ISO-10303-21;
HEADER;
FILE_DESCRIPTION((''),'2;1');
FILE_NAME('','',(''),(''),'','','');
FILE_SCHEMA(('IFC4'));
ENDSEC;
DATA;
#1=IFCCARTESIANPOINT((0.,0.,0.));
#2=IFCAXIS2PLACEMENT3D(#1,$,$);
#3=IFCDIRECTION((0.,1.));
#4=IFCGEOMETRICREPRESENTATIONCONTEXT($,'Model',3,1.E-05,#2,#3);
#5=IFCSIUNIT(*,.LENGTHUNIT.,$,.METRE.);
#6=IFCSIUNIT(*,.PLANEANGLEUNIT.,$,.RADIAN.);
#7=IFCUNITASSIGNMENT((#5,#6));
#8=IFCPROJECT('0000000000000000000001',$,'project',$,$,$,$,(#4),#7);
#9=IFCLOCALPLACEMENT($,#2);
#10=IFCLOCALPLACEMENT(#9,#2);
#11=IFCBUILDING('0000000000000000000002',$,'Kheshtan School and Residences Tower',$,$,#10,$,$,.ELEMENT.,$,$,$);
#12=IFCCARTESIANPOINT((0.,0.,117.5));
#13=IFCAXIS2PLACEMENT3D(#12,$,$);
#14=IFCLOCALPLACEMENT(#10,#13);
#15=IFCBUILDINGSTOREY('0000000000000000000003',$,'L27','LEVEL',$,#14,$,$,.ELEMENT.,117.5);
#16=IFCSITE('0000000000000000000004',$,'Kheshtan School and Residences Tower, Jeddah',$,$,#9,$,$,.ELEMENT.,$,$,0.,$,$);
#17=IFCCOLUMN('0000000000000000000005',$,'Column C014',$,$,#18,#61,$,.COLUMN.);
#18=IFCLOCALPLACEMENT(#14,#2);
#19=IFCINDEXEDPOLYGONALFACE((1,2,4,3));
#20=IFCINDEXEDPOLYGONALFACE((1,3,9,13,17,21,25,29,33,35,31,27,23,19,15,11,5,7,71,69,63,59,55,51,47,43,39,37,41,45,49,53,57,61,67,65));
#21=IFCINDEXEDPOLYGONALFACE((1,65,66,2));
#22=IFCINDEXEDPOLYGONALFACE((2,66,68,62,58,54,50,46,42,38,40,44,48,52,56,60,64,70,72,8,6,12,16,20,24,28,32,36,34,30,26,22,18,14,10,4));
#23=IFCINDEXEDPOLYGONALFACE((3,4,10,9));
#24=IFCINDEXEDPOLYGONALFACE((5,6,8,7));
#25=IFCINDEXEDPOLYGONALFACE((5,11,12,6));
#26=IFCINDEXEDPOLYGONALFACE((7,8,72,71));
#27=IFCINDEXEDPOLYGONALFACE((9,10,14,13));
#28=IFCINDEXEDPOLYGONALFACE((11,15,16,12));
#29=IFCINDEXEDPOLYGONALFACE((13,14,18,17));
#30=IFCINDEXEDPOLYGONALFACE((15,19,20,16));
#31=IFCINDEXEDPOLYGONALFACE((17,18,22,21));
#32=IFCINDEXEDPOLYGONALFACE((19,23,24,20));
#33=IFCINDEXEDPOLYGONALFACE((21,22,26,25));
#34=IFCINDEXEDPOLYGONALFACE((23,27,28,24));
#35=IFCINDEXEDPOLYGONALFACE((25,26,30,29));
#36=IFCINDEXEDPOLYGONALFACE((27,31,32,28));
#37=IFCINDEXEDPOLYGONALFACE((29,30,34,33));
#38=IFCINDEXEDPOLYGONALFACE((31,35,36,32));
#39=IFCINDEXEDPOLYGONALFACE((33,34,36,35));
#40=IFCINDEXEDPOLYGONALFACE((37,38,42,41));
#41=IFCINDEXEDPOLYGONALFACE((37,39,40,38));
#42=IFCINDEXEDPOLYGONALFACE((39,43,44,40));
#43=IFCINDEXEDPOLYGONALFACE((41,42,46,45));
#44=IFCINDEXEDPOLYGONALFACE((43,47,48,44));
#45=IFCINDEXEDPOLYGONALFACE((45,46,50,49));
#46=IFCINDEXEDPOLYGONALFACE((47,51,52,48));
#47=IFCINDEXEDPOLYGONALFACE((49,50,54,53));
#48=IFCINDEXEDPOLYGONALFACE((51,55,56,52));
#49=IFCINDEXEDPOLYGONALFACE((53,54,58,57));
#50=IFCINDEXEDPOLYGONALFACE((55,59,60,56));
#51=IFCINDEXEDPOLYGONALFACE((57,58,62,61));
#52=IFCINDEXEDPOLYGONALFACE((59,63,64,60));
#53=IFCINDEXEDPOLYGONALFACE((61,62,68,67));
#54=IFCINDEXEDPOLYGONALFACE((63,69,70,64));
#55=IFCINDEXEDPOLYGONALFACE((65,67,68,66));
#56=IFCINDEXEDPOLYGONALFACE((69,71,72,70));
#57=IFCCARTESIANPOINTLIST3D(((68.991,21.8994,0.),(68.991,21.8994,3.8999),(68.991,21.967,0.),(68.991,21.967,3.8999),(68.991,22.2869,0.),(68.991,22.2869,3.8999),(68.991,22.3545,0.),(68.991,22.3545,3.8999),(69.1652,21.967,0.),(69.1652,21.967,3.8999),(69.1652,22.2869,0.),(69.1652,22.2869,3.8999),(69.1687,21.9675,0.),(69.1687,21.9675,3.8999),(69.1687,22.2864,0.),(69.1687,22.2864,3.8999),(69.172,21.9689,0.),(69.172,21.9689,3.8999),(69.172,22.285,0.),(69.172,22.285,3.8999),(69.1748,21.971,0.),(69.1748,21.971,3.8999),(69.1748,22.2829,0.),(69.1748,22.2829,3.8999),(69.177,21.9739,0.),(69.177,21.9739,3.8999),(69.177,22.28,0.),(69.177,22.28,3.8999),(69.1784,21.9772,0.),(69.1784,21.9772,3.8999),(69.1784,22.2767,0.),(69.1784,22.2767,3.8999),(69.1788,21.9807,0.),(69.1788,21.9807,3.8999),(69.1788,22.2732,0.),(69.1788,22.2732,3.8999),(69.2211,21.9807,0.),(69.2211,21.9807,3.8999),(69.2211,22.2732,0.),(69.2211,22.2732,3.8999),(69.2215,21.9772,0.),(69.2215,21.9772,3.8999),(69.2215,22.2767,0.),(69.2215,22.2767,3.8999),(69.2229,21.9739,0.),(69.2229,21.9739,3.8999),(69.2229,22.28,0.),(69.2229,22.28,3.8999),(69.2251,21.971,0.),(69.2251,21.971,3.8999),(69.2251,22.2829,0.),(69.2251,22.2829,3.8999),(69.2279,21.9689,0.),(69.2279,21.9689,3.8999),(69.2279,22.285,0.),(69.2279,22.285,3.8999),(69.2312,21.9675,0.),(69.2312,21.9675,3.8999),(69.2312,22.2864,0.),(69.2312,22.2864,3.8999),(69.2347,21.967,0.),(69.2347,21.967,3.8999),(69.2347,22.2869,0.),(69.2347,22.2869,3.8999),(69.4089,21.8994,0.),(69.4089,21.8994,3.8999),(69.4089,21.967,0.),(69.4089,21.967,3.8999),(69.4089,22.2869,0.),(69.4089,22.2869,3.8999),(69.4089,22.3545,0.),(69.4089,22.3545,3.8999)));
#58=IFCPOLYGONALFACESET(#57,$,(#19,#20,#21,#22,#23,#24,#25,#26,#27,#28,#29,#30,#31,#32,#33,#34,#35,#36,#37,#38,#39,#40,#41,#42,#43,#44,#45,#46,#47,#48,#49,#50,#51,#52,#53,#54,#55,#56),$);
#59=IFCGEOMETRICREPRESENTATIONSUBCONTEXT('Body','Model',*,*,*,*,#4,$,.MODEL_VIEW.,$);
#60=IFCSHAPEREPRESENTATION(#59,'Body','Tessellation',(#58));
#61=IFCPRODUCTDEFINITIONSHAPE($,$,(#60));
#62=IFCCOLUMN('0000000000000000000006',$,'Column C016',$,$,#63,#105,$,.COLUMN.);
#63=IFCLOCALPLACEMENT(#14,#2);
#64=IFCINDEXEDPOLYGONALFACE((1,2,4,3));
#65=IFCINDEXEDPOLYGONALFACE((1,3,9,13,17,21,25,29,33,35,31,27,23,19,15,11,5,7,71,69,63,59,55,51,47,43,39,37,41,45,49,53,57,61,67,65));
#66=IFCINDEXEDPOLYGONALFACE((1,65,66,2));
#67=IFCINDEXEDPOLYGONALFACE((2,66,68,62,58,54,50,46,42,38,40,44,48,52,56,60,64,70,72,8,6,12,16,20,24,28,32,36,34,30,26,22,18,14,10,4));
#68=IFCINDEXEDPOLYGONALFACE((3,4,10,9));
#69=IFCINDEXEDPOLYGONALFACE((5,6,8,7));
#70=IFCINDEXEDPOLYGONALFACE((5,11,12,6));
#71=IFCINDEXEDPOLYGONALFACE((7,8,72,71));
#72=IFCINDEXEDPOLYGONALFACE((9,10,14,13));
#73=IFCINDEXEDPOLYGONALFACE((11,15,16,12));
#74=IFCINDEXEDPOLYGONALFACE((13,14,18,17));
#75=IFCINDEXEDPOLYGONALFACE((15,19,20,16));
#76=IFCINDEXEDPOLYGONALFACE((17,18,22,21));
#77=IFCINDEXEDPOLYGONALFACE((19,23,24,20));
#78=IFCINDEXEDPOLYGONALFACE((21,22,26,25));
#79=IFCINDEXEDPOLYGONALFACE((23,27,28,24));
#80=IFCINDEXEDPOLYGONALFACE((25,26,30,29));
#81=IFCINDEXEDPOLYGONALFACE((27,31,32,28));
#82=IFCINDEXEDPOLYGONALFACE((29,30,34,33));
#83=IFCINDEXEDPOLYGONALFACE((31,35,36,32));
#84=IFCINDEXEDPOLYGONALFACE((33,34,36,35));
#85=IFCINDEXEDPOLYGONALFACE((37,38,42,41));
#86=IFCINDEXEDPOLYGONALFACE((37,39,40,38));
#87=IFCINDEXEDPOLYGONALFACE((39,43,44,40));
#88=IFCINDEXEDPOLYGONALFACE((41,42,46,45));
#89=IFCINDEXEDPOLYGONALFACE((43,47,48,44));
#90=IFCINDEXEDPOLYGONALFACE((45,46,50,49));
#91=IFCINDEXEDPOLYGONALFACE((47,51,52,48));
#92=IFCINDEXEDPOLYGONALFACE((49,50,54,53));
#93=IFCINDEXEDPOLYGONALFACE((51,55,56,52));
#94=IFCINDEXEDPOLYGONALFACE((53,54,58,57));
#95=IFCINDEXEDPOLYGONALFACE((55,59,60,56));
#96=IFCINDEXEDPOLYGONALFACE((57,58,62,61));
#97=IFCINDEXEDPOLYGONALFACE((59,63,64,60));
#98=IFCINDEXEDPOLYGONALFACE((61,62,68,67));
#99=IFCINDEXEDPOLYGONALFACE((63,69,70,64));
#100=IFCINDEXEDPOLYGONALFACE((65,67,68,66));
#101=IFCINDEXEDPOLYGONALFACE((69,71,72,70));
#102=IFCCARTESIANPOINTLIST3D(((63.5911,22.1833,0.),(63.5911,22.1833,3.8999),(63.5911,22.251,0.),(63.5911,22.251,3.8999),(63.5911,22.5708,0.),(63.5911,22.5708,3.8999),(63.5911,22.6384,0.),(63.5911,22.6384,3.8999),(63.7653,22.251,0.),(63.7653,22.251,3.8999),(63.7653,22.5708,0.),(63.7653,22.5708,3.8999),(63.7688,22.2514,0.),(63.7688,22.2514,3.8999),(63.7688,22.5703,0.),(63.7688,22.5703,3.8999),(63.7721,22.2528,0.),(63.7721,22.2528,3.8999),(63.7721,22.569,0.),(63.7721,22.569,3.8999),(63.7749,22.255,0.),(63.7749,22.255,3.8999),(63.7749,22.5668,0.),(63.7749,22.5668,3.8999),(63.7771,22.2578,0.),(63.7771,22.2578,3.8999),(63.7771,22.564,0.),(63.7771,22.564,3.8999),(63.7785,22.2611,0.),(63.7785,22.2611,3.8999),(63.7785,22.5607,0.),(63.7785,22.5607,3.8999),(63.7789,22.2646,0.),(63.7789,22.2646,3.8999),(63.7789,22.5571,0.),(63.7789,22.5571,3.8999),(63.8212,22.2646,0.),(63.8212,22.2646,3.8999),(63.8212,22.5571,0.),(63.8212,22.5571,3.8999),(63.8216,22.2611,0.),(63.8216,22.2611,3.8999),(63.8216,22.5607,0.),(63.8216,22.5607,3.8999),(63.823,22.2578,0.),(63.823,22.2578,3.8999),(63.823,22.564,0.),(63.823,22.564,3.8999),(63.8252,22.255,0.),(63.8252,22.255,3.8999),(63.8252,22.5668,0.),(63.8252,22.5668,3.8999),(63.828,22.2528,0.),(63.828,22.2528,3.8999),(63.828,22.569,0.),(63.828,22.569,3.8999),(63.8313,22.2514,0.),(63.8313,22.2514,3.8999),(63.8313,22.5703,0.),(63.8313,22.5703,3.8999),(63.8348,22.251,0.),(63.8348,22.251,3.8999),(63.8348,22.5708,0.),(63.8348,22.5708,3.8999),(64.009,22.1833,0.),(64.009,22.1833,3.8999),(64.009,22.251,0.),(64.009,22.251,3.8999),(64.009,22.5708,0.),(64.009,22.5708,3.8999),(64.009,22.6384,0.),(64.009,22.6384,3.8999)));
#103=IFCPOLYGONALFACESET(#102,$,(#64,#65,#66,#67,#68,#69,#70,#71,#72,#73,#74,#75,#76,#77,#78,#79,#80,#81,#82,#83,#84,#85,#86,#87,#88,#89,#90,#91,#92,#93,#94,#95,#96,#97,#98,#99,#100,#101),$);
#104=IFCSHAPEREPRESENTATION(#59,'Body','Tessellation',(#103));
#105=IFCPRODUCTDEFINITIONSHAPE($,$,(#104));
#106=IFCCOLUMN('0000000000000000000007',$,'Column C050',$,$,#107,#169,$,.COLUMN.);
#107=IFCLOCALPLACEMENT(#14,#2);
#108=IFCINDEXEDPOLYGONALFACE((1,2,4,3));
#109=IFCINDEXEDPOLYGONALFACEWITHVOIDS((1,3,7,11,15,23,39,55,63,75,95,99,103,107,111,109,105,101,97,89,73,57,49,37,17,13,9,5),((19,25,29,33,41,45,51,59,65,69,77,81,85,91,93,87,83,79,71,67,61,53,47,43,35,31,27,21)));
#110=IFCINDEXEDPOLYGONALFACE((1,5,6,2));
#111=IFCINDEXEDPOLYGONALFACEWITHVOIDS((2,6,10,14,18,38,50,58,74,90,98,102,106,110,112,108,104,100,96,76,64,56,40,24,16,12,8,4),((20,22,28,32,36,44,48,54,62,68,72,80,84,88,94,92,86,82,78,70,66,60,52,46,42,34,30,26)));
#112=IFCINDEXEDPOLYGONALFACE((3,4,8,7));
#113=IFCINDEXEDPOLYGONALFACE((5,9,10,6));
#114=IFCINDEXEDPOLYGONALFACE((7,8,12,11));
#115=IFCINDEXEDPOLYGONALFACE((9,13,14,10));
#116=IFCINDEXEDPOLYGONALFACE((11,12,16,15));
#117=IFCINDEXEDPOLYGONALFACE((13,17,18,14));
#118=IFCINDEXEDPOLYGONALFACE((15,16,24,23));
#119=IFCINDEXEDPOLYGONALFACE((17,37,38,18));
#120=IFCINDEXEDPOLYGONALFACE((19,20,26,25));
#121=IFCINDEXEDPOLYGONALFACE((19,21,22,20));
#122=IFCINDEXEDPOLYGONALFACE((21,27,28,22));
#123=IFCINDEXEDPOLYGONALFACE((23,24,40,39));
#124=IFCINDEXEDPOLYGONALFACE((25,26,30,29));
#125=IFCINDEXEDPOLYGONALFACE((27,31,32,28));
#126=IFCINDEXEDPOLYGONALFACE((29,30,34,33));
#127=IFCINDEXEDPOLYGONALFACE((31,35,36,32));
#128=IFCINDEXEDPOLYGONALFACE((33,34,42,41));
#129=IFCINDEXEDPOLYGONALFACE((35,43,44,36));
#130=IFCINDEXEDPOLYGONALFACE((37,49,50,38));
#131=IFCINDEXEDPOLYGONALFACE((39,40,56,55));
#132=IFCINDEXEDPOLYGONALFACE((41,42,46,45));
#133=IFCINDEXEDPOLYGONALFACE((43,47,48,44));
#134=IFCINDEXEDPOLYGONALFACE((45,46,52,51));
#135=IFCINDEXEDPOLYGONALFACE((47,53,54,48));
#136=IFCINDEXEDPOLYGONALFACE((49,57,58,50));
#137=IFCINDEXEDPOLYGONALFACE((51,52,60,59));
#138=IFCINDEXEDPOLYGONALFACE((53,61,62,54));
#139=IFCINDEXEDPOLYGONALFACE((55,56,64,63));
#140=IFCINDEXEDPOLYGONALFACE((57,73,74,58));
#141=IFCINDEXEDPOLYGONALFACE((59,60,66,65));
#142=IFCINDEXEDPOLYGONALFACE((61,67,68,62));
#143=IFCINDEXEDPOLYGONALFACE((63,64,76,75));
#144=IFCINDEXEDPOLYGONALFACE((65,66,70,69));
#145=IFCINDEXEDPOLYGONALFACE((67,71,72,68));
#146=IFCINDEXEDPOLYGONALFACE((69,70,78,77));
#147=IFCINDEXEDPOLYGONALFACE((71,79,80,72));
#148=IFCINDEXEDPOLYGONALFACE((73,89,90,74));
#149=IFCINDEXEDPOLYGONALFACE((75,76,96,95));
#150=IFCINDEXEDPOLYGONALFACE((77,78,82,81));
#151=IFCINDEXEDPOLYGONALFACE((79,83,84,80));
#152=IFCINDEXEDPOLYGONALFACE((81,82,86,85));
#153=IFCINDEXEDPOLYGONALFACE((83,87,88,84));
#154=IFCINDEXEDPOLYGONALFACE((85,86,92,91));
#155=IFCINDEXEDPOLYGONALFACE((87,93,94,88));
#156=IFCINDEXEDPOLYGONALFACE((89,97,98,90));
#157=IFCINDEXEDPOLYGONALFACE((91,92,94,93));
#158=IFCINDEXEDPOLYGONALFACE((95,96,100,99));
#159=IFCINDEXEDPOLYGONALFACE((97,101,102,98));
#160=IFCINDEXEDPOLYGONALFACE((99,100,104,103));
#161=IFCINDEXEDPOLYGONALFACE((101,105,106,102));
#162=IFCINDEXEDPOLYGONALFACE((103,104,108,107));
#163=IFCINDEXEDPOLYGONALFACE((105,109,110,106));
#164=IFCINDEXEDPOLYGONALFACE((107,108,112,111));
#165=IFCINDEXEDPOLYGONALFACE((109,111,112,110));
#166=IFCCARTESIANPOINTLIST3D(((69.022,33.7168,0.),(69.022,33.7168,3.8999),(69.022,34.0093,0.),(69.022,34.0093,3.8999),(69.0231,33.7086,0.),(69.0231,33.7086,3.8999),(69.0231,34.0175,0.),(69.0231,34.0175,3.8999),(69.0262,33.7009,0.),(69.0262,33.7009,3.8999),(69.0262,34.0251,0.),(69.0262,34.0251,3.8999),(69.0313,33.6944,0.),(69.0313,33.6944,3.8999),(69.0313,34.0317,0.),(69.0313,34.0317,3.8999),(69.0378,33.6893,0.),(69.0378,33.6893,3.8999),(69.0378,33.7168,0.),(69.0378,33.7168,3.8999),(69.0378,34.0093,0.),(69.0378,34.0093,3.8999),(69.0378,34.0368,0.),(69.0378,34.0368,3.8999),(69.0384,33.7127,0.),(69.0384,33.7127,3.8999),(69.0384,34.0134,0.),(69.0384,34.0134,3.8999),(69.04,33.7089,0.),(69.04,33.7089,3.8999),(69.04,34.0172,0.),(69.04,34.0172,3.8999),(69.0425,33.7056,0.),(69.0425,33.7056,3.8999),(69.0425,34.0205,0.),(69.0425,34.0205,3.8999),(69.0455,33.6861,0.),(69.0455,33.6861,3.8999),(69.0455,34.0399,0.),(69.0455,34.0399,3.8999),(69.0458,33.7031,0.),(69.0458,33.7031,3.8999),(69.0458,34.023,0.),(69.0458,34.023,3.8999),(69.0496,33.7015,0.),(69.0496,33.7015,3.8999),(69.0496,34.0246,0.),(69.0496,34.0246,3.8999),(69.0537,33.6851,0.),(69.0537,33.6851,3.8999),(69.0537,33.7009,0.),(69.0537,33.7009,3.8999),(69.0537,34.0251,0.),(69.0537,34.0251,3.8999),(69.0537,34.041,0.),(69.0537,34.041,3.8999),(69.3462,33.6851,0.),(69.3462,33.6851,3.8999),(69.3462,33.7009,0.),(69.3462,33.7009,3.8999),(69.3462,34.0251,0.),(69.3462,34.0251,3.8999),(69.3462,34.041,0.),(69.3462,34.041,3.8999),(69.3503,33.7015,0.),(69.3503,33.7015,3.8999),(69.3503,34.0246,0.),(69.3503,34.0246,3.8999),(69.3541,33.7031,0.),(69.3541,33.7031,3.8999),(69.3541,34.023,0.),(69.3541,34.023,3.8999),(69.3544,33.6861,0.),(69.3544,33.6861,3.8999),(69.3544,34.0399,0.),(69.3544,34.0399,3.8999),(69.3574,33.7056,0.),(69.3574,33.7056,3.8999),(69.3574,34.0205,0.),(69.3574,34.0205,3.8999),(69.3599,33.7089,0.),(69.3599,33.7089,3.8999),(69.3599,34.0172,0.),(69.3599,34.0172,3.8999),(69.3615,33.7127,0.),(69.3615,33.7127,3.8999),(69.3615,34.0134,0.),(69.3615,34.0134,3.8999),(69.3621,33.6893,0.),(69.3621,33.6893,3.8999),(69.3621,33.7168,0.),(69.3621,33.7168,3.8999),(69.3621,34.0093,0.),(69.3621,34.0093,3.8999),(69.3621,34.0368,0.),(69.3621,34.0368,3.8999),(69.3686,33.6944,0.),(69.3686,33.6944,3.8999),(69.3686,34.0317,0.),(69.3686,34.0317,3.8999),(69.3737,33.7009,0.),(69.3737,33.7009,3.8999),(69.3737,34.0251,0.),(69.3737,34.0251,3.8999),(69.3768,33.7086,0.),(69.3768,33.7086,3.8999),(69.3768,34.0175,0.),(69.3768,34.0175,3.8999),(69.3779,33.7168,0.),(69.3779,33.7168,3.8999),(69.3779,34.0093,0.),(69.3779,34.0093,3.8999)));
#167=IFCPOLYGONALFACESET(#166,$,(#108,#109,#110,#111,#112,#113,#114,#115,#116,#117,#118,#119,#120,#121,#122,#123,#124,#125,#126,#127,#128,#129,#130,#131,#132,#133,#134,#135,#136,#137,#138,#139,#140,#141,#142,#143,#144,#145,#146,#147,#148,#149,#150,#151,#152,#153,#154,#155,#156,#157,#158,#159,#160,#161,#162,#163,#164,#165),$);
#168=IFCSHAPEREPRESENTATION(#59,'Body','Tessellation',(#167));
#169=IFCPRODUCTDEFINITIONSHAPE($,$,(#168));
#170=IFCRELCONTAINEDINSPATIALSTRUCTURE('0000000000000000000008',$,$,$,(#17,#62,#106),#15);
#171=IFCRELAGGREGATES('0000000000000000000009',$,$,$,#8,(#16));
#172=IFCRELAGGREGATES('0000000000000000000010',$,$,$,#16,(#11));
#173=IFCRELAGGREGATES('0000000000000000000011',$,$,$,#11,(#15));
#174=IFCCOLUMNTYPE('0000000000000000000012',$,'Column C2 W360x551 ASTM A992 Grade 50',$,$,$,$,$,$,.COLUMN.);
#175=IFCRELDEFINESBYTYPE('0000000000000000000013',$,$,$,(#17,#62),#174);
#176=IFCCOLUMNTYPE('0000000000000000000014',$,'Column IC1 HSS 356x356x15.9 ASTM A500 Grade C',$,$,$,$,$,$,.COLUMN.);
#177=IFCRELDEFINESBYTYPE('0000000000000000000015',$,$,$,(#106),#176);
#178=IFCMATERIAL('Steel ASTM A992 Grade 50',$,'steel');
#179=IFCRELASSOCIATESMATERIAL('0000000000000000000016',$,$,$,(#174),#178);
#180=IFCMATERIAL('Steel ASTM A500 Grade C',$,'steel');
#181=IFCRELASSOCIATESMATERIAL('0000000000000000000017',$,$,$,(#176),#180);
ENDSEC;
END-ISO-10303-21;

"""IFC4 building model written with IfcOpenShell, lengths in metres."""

from ifc_helpers import new_model, si_unit, direction, frame, origin, origin_2d, place, context, subcontext, project, spatial, hollow_rectangle, i_section, extrude, material, material_profile, profile_set, type_object, element, save


model = new_model("IFC4")

# Units and contexts
model_context = context("Model", 3, precision=1e-05, world=origin(), true_north=direction((0.0, 1.0)))
body_context = subcontext(model_context, "Body", "Model", "MODEL_VIEW")
ifc_project = project(units=[si_unit("LENGTHUNIT", "METRE"), si_unit("PLANEANGLEUNIT", "RADIAN")], contexts=[model_context])

# Site, building, storey
site_placement = place(None, origin())
site = spatial("IfcSite", under=ifc_project, at=site_placement, Name="Kheshtan School and Residences Tower, Jeddah", CompositionType="ELEMENT", RefElevation=0.0)
building_placement = place(site_placement, origin())
building = spatial("IfcBuilding", under=site, at=building_placement, Name="Kheshtan School and Residences Tower", CompositionType="ELEMENT")
storey_placement = place(building_placement, frame((0.0, 0.0, 117.5)))
storey = spatial("IfcBuildingStorey", under=building, at=storey_placement, Name="L27", Description="LEVEL", CompositionType="ELEMENT", Elevation=117.5)

# Columns
ifc_material_1 = material(Name="Steel ASTM A992 Grade 50", Category="steel")
ifc_material_profile_1 = material_profile(ifc_material_1, i_section(OverallWidth=0.418, OverallDepth=0.4551, WebThickness=0.0422, FlangeThickness=0.0676, FilletRadius=0.0137, at=origin_2d()), Name="W360x551")
ifc_profile_set_1 = profile_set([ifc_material_profile_1], Name="Steel ASTM A992 Grade 50")
column_type_1 = type_object("IfcColumnType", Name="Column C2 W360x551 ASTM A992 Grade 50", PredefinedType="COLUMN", material=ifc_profile_set_1)
for number, where, z_axis, x_axis, name in (
    (1, (69.2, 22.127, 0.0), (0.0, 0.0, 1.0), (1.0, 0.0, 0.0), "Column C014"),
    (2, (63.8, 22.4109, 0.0), (0.0, 0.0, 1.0), (1.0, 0.0, 0.0), "Column C016"),
):
    element("IfcColumn", number, at=place(storey_placement, frame(where, z_axis=z_axis, x_axis=x_axis)), inside=storey, type_object=column_type_1, Name=name, PredefinedType="COLUMN", context=body_context, shape_type="SweptSolid", body=[
        extrude(i_section(OverallWidth=0.418, OverallDepth=0.4551, WebThickness=0.0422, FlangeThickness=0.0676, FilletRadius=0.0137, at=origin_2d()), origin(), (0.0, 0.0, 1.0), 3.8999),
    ])
ifc_material_2 = material(Name="Steel ASTM A500 Grade C", Category="steel")
ifc_material_profile_2 = material_profile(ifc_material_2, hollow_rectangle(XDim=0.356, YDim=0.356, WallThickness=0.0159, InnerFilletRadius=0.0159, OuterFilletRadius=0.0317, at=origin_2d()), Name="HSS 356x356x15.9")
ifc_profile_set_2 = profile_set([ifc_material_profile_2], Name="Steel ASTM A500 Grade C")
column_type_2 = type_object("IfcColumnType", Name="Column IC1 HSS 356x356x15.9 ASTM A500 Grade C", PredefinedType="COLUMN", material=ifc_profile_set_2)
column_placement = place(storey_placement, frame((69.2, 33.863, 0.0), z_axis=(0.0, 0.0, 1.0), x_axis=(1.0, 0.0, 0.0)))
element("IfcColumn", 3, at=column_placement, inside=storey, type_object=column_type_2, Name="Column C050", PredefinedType="COLUMN", context=body_context, shape_type="SweptSolid", body=[
    extrude(hollow_rectangle(XDim=0.356, YDim=0.356, WallThickness=0.0159, InnerFilletRadius=0.0159, OuterFilletRadius=0.0317, at=origin_2d()), origin(), (0.0, 0.0, 1.0), 3.8999),
])

save(model, "model.ifc")
